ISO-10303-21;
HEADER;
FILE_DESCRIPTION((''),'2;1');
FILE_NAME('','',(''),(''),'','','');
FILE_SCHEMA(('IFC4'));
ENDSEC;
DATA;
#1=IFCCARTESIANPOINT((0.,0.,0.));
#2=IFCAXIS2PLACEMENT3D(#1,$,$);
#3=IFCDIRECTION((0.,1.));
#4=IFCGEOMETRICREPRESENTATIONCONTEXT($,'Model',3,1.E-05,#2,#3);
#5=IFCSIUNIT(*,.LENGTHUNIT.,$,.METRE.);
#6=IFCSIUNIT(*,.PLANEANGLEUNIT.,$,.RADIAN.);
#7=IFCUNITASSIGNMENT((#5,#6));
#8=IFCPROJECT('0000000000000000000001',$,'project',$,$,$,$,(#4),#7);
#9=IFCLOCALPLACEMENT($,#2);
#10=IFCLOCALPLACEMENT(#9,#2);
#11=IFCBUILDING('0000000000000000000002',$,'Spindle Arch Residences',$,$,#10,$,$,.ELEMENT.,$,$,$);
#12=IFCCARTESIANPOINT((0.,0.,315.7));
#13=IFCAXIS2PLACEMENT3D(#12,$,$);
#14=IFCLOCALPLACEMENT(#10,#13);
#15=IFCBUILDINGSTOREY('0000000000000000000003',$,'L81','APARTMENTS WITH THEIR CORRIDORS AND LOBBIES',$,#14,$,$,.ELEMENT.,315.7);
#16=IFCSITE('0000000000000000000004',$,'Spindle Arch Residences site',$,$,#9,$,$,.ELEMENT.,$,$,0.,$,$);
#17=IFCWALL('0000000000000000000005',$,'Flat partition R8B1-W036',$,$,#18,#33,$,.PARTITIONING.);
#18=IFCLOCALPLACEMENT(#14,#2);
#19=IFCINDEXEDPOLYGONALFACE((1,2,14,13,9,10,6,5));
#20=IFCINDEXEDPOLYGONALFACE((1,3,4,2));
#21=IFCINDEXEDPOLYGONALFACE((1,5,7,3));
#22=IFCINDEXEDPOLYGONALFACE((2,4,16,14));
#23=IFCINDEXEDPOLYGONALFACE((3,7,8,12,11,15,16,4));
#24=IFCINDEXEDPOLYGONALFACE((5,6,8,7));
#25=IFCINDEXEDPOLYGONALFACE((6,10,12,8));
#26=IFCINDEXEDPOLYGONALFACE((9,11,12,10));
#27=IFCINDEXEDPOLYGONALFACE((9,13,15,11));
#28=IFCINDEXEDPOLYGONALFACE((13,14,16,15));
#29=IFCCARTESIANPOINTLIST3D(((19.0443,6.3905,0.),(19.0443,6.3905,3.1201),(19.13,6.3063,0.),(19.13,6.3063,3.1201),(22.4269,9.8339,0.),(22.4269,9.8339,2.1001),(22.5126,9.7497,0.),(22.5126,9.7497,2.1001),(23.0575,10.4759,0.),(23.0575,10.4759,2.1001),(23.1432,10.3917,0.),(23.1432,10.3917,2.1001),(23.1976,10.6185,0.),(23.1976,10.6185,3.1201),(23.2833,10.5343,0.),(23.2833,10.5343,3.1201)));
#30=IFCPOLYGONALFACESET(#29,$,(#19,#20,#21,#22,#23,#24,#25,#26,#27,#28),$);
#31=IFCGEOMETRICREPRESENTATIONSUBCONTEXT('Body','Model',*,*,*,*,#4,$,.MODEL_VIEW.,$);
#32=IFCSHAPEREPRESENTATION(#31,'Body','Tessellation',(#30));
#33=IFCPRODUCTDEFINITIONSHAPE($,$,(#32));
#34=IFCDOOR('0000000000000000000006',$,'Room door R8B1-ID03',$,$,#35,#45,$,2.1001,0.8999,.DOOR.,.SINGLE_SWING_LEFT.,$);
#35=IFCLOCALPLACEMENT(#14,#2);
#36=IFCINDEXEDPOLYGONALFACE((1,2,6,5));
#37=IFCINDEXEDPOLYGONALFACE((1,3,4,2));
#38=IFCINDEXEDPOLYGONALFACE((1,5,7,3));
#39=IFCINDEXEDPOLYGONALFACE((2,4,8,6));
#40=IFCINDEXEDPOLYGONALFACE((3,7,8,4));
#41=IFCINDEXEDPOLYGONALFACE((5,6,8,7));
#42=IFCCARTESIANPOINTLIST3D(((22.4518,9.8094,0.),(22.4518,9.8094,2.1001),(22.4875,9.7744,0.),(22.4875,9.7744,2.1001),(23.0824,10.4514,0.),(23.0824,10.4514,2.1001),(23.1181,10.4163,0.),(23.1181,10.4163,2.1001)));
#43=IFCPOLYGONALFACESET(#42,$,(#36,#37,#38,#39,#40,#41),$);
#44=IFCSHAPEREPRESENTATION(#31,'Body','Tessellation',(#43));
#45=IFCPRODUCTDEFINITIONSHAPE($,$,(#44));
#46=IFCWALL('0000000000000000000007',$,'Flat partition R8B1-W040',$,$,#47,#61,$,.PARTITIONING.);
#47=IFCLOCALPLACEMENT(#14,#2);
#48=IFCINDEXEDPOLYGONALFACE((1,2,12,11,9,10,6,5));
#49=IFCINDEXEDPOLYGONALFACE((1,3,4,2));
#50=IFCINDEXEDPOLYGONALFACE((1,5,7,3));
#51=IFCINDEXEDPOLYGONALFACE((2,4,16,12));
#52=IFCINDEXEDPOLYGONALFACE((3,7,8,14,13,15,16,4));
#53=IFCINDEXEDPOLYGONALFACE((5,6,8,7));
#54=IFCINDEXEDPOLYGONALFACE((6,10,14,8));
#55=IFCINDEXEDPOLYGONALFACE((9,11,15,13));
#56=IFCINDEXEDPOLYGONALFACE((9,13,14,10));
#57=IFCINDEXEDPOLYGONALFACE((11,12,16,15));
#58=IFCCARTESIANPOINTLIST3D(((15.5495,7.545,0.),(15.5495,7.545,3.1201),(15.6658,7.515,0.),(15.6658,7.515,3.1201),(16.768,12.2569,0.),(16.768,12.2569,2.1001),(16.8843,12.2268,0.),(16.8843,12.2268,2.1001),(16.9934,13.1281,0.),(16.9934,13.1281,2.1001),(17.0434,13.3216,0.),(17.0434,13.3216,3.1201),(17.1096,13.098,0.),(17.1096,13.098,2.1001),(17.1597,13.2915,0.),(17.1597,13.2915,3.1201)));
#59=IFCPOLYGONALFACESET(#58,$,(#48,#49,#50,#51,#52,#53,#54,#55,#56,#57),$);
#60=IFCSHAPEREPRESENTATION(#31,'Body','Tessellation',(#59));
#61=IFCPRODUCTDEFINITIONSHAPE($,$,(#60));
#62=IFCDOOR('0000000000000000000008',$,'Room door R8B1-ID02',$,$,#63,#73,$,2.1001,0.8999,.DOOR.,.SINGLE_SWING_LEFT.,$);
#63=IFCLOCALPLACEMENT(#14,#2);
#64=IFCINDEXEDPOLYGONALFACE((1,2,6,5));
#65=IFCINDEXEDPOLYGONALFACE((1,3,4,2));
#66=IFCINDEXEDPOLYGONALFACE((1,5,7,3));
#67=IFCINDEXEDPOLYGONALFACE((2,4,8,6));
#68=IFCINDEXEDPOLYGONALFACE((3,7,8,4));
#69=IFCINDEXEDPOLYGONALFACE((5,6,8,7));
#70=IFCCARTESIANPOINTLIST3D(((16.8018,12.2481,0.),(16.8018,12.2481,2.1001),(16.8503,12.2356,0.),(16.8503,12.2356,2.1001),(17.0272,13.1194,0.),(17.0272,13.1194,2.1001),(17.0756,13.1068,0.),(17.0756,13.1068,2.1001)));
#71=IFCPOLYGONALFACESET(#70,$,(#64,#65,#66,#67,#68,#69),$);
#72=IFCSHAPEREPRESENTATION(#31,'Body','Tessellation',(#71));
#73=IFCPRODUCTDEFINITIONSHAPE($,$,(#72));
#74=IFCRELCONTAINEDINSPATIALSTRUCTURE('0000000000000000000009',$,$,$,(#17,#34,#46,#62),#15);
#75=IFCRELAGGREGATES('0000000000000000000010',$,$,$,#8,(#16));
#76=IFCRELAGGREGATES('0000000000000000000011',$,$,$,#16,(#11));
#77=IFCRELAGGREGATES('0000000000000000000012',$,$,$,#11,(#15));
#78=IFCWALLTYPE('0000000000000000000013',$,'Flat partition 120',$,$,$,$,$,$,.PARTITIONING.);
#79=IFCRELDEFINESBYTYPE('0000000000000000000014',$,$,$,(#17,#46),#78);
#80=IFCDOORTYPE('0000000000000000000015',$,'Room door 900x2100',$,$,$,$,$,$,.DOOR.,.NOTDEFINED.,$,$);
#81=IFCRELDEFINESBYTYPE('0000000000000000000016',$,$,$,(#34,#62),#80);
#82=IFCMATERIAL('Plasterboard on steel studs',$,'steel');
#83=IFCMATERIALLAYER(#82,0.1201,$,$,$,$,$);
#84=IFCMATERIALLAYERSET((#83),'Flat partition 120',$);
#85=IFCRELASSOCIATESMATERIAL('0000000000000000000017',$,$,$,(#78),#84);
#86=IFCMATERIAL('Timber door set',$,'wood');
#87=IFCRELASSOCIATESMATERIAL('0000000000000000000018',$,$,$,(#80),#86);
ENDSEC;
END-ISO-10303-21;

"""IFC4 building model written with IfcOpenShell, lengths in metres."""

from ifc_helpers import new_model, si_unit, direction, frame, frame_2d, origin, place, context, subcontext, project, spatial, rectangle, extrude, material, layer, layer_set, type_object, element, fill, save


model = new_model("IFC4")

# Units and contexts
model_context = context("Model", 3, precision=1e-05, world=origin(), true_north=direction((0.0, 1.0)))
body_context = subcontext(model_context, "Body", "Model", "MODEL_VIEW")
ifc_project = project(units=[si_unit("LENGTHUNIT", "METRE"), si_unit("PLANEANGLEUNIT", "RADIAN")], contexts=[model_context])

# Site, building, storey
site_placement = place(None, origin())
site = spatial("IfcSite", under=ifc_project, at=site_placement, Name="Spindle Arch Residences site", CompositionType="ELEMENT", RefElevation=0.0)
building_placement = place(site_placement, origin())
building = spatial("IfcBuilding", under=site, at=building_placement, Name="Spindle Arch Residences", CompositionType="ELEMENT")
storey_placement = place(building_placement, frame((0.0, 0.0, 315.7)))
storey = spatial("IfcBuildingStorey", under=building, at=storey_placement, Name="L81", Description="APARTMENTS WITH THEIR CORRIDORS AND LOBBIES", CompositionType="ELEMENT", Elevation=315.7)

# Walls, openings, doors
ifc_material_1 = material(Name="Plasterboard on steel studs", Category="steel")
ifc_layer_1 = layer(ifc_material_1, 0.1201)
ifc_layer_set_1 = layer_set([ifc_layer_1], Name="Flat partition 120")
wall_type = type_object("IfcWallType", Name="Flat partition 120", PredefinedType="PARTITIONING", material=ifc_layer_set_1)
ifc_material_2 = material(Name="Timber door set", Category="wood")
door_type = type_object("IfcDoorType", Name="Room door 900x2100", OperationType="NOTDEFINED", PredefinedType="DOOR", material=ifc_material_2)
wall_1_placement = place(storey_placement, frame((23.2405, 10.5764, 0.0), z_axis=(0.0, 0.0, 1.0), x_axis=(-0.700776, -0.713381, 0.0)))
wall_1 = element("IfcWall", 1, at=wall_1_placement, inside=storey, type_object=wall_type, Name="Flat partition R8B1-W036", PredefinedType="PARTITIONING", context=body_context, shape_type="SweptSolid", body=[
    extrude(rectangle(XDim=5.9268, YDim=0.1201, at=frame_2d((2.9634, 0.0))), origin(), (0.0, 0.0, 1.0), 3.1201),
])
opening_1_placement = place(wall_1_placement, frame((0.2, 0.0, 0.0)))
opening_1 = element("IfcOpeningElement", 2, at=opening_1_placement, cuts=wall_1, PredefinedType="OPENING", context=body_context, shape_type="SweptSolid", body=[
    extrude(rectangle(XDim=0.8999, YDim=2.1001, at=frame_2d((0.45, 1.05))), frame((0.0, 0.0701, 0.0), z_axis=(0.0, -1.0, 0.0), x_axis=(1.0, 0.0, 0.0)), (0.0, 0.0, 1.0), 0.1401),
])
door_1_placement = place(opening_1_placement, origin())
door_1 = element("IfcDoor", 3, at=door_1_placement, inside=storey, type_object=door_type, Name="Room door R8B1-ID03", OperationType="SINGLE_SWING_LEFT", OverallHeight=2.1001, OverallWidth=0.8999, PredefinedType="DOOR", context=body_context, shape_type="SweptSolid", body=[
    extrude(rectangle(XDim=0.8999, YDim=2.1001, at=frame_2d((0.45, 1.05))), frame((0.0, 0.0249, 0.0), z_axis=(0.0, -1.0, 0.0), x_axis=(1.0, 0.0, 0.0)), (0.0, 0.0, 1.0), 0.05),
])
fill(opening_1, door_1)
wall_2_placement = place(storey_placement, frame((17.1016, 13.3066, 0.0), z_axis=(0.0, 0.0, 1.0), x_axis=(-0.250374, -0.968149, 0.0)))
wall_2 = element("IfcWall", 4, at=wall_2_placement, inside=storey, type_object=wall_type, Name="Flat partition R8B1-W040", PredefinedType="PARTITIONING", context=body_context, shape_type="SweptSolid", body=[
    extrude(rectangle(XDim=5.9666, YDim=0.1201, at=frame_2d((2.9834, 0.0))), origin(), (0.0, 0.0, 1.0), 3.1201),
])
opening_2_placement = place(wall_2_placement, frame((0.2, 0.0, 0.0)))
opening_2 = element("IfcOpeningElement", 5, at=opening_2_placement, cuts=wall_2, PredefinedType="OPENING", context=body_context, shape_type="SweptSolid", body=[
    extrude(rectangle(XDim=0.8999, YDim=2.1001, at=frame_2d((0.45, 1.05))), frame((0.0, 0.0701, 0.0), z_axis=(0.0, -1.0, 0.0), x_axis=(1.0, 0.0, 0.0)), (0.0, 0.0, 1.0), 0.1401),
])
door_2_placement = place(opening_2_placement, origin())
door_2 = element("IfcDoor", 6, at=door_2_placement, inside=storey, type_object=door_type, Name="Room door R8B1-ID02", OperationType="SINGLE_SWING_LEFT", OverallHeight=2.1001, OverallWidth=0.8999, PredefinedType="DOOR", context=body_context, shape_type="SweptSolid", body=[
    extrude(rectangle(XDim=0.8999, YDim=2.1001, at=frame_2d((0.45, 1.05))), frame((0.0, 0.0249, 0.0), z_axis=(0.0, -1.0, 0.0), x_axis=(1.0, 0.0, 0.0)), (0.0, 0.0, 1.0), 0.05),
])
fill(opening_2, door_2)

save(model, "model.ifc")
